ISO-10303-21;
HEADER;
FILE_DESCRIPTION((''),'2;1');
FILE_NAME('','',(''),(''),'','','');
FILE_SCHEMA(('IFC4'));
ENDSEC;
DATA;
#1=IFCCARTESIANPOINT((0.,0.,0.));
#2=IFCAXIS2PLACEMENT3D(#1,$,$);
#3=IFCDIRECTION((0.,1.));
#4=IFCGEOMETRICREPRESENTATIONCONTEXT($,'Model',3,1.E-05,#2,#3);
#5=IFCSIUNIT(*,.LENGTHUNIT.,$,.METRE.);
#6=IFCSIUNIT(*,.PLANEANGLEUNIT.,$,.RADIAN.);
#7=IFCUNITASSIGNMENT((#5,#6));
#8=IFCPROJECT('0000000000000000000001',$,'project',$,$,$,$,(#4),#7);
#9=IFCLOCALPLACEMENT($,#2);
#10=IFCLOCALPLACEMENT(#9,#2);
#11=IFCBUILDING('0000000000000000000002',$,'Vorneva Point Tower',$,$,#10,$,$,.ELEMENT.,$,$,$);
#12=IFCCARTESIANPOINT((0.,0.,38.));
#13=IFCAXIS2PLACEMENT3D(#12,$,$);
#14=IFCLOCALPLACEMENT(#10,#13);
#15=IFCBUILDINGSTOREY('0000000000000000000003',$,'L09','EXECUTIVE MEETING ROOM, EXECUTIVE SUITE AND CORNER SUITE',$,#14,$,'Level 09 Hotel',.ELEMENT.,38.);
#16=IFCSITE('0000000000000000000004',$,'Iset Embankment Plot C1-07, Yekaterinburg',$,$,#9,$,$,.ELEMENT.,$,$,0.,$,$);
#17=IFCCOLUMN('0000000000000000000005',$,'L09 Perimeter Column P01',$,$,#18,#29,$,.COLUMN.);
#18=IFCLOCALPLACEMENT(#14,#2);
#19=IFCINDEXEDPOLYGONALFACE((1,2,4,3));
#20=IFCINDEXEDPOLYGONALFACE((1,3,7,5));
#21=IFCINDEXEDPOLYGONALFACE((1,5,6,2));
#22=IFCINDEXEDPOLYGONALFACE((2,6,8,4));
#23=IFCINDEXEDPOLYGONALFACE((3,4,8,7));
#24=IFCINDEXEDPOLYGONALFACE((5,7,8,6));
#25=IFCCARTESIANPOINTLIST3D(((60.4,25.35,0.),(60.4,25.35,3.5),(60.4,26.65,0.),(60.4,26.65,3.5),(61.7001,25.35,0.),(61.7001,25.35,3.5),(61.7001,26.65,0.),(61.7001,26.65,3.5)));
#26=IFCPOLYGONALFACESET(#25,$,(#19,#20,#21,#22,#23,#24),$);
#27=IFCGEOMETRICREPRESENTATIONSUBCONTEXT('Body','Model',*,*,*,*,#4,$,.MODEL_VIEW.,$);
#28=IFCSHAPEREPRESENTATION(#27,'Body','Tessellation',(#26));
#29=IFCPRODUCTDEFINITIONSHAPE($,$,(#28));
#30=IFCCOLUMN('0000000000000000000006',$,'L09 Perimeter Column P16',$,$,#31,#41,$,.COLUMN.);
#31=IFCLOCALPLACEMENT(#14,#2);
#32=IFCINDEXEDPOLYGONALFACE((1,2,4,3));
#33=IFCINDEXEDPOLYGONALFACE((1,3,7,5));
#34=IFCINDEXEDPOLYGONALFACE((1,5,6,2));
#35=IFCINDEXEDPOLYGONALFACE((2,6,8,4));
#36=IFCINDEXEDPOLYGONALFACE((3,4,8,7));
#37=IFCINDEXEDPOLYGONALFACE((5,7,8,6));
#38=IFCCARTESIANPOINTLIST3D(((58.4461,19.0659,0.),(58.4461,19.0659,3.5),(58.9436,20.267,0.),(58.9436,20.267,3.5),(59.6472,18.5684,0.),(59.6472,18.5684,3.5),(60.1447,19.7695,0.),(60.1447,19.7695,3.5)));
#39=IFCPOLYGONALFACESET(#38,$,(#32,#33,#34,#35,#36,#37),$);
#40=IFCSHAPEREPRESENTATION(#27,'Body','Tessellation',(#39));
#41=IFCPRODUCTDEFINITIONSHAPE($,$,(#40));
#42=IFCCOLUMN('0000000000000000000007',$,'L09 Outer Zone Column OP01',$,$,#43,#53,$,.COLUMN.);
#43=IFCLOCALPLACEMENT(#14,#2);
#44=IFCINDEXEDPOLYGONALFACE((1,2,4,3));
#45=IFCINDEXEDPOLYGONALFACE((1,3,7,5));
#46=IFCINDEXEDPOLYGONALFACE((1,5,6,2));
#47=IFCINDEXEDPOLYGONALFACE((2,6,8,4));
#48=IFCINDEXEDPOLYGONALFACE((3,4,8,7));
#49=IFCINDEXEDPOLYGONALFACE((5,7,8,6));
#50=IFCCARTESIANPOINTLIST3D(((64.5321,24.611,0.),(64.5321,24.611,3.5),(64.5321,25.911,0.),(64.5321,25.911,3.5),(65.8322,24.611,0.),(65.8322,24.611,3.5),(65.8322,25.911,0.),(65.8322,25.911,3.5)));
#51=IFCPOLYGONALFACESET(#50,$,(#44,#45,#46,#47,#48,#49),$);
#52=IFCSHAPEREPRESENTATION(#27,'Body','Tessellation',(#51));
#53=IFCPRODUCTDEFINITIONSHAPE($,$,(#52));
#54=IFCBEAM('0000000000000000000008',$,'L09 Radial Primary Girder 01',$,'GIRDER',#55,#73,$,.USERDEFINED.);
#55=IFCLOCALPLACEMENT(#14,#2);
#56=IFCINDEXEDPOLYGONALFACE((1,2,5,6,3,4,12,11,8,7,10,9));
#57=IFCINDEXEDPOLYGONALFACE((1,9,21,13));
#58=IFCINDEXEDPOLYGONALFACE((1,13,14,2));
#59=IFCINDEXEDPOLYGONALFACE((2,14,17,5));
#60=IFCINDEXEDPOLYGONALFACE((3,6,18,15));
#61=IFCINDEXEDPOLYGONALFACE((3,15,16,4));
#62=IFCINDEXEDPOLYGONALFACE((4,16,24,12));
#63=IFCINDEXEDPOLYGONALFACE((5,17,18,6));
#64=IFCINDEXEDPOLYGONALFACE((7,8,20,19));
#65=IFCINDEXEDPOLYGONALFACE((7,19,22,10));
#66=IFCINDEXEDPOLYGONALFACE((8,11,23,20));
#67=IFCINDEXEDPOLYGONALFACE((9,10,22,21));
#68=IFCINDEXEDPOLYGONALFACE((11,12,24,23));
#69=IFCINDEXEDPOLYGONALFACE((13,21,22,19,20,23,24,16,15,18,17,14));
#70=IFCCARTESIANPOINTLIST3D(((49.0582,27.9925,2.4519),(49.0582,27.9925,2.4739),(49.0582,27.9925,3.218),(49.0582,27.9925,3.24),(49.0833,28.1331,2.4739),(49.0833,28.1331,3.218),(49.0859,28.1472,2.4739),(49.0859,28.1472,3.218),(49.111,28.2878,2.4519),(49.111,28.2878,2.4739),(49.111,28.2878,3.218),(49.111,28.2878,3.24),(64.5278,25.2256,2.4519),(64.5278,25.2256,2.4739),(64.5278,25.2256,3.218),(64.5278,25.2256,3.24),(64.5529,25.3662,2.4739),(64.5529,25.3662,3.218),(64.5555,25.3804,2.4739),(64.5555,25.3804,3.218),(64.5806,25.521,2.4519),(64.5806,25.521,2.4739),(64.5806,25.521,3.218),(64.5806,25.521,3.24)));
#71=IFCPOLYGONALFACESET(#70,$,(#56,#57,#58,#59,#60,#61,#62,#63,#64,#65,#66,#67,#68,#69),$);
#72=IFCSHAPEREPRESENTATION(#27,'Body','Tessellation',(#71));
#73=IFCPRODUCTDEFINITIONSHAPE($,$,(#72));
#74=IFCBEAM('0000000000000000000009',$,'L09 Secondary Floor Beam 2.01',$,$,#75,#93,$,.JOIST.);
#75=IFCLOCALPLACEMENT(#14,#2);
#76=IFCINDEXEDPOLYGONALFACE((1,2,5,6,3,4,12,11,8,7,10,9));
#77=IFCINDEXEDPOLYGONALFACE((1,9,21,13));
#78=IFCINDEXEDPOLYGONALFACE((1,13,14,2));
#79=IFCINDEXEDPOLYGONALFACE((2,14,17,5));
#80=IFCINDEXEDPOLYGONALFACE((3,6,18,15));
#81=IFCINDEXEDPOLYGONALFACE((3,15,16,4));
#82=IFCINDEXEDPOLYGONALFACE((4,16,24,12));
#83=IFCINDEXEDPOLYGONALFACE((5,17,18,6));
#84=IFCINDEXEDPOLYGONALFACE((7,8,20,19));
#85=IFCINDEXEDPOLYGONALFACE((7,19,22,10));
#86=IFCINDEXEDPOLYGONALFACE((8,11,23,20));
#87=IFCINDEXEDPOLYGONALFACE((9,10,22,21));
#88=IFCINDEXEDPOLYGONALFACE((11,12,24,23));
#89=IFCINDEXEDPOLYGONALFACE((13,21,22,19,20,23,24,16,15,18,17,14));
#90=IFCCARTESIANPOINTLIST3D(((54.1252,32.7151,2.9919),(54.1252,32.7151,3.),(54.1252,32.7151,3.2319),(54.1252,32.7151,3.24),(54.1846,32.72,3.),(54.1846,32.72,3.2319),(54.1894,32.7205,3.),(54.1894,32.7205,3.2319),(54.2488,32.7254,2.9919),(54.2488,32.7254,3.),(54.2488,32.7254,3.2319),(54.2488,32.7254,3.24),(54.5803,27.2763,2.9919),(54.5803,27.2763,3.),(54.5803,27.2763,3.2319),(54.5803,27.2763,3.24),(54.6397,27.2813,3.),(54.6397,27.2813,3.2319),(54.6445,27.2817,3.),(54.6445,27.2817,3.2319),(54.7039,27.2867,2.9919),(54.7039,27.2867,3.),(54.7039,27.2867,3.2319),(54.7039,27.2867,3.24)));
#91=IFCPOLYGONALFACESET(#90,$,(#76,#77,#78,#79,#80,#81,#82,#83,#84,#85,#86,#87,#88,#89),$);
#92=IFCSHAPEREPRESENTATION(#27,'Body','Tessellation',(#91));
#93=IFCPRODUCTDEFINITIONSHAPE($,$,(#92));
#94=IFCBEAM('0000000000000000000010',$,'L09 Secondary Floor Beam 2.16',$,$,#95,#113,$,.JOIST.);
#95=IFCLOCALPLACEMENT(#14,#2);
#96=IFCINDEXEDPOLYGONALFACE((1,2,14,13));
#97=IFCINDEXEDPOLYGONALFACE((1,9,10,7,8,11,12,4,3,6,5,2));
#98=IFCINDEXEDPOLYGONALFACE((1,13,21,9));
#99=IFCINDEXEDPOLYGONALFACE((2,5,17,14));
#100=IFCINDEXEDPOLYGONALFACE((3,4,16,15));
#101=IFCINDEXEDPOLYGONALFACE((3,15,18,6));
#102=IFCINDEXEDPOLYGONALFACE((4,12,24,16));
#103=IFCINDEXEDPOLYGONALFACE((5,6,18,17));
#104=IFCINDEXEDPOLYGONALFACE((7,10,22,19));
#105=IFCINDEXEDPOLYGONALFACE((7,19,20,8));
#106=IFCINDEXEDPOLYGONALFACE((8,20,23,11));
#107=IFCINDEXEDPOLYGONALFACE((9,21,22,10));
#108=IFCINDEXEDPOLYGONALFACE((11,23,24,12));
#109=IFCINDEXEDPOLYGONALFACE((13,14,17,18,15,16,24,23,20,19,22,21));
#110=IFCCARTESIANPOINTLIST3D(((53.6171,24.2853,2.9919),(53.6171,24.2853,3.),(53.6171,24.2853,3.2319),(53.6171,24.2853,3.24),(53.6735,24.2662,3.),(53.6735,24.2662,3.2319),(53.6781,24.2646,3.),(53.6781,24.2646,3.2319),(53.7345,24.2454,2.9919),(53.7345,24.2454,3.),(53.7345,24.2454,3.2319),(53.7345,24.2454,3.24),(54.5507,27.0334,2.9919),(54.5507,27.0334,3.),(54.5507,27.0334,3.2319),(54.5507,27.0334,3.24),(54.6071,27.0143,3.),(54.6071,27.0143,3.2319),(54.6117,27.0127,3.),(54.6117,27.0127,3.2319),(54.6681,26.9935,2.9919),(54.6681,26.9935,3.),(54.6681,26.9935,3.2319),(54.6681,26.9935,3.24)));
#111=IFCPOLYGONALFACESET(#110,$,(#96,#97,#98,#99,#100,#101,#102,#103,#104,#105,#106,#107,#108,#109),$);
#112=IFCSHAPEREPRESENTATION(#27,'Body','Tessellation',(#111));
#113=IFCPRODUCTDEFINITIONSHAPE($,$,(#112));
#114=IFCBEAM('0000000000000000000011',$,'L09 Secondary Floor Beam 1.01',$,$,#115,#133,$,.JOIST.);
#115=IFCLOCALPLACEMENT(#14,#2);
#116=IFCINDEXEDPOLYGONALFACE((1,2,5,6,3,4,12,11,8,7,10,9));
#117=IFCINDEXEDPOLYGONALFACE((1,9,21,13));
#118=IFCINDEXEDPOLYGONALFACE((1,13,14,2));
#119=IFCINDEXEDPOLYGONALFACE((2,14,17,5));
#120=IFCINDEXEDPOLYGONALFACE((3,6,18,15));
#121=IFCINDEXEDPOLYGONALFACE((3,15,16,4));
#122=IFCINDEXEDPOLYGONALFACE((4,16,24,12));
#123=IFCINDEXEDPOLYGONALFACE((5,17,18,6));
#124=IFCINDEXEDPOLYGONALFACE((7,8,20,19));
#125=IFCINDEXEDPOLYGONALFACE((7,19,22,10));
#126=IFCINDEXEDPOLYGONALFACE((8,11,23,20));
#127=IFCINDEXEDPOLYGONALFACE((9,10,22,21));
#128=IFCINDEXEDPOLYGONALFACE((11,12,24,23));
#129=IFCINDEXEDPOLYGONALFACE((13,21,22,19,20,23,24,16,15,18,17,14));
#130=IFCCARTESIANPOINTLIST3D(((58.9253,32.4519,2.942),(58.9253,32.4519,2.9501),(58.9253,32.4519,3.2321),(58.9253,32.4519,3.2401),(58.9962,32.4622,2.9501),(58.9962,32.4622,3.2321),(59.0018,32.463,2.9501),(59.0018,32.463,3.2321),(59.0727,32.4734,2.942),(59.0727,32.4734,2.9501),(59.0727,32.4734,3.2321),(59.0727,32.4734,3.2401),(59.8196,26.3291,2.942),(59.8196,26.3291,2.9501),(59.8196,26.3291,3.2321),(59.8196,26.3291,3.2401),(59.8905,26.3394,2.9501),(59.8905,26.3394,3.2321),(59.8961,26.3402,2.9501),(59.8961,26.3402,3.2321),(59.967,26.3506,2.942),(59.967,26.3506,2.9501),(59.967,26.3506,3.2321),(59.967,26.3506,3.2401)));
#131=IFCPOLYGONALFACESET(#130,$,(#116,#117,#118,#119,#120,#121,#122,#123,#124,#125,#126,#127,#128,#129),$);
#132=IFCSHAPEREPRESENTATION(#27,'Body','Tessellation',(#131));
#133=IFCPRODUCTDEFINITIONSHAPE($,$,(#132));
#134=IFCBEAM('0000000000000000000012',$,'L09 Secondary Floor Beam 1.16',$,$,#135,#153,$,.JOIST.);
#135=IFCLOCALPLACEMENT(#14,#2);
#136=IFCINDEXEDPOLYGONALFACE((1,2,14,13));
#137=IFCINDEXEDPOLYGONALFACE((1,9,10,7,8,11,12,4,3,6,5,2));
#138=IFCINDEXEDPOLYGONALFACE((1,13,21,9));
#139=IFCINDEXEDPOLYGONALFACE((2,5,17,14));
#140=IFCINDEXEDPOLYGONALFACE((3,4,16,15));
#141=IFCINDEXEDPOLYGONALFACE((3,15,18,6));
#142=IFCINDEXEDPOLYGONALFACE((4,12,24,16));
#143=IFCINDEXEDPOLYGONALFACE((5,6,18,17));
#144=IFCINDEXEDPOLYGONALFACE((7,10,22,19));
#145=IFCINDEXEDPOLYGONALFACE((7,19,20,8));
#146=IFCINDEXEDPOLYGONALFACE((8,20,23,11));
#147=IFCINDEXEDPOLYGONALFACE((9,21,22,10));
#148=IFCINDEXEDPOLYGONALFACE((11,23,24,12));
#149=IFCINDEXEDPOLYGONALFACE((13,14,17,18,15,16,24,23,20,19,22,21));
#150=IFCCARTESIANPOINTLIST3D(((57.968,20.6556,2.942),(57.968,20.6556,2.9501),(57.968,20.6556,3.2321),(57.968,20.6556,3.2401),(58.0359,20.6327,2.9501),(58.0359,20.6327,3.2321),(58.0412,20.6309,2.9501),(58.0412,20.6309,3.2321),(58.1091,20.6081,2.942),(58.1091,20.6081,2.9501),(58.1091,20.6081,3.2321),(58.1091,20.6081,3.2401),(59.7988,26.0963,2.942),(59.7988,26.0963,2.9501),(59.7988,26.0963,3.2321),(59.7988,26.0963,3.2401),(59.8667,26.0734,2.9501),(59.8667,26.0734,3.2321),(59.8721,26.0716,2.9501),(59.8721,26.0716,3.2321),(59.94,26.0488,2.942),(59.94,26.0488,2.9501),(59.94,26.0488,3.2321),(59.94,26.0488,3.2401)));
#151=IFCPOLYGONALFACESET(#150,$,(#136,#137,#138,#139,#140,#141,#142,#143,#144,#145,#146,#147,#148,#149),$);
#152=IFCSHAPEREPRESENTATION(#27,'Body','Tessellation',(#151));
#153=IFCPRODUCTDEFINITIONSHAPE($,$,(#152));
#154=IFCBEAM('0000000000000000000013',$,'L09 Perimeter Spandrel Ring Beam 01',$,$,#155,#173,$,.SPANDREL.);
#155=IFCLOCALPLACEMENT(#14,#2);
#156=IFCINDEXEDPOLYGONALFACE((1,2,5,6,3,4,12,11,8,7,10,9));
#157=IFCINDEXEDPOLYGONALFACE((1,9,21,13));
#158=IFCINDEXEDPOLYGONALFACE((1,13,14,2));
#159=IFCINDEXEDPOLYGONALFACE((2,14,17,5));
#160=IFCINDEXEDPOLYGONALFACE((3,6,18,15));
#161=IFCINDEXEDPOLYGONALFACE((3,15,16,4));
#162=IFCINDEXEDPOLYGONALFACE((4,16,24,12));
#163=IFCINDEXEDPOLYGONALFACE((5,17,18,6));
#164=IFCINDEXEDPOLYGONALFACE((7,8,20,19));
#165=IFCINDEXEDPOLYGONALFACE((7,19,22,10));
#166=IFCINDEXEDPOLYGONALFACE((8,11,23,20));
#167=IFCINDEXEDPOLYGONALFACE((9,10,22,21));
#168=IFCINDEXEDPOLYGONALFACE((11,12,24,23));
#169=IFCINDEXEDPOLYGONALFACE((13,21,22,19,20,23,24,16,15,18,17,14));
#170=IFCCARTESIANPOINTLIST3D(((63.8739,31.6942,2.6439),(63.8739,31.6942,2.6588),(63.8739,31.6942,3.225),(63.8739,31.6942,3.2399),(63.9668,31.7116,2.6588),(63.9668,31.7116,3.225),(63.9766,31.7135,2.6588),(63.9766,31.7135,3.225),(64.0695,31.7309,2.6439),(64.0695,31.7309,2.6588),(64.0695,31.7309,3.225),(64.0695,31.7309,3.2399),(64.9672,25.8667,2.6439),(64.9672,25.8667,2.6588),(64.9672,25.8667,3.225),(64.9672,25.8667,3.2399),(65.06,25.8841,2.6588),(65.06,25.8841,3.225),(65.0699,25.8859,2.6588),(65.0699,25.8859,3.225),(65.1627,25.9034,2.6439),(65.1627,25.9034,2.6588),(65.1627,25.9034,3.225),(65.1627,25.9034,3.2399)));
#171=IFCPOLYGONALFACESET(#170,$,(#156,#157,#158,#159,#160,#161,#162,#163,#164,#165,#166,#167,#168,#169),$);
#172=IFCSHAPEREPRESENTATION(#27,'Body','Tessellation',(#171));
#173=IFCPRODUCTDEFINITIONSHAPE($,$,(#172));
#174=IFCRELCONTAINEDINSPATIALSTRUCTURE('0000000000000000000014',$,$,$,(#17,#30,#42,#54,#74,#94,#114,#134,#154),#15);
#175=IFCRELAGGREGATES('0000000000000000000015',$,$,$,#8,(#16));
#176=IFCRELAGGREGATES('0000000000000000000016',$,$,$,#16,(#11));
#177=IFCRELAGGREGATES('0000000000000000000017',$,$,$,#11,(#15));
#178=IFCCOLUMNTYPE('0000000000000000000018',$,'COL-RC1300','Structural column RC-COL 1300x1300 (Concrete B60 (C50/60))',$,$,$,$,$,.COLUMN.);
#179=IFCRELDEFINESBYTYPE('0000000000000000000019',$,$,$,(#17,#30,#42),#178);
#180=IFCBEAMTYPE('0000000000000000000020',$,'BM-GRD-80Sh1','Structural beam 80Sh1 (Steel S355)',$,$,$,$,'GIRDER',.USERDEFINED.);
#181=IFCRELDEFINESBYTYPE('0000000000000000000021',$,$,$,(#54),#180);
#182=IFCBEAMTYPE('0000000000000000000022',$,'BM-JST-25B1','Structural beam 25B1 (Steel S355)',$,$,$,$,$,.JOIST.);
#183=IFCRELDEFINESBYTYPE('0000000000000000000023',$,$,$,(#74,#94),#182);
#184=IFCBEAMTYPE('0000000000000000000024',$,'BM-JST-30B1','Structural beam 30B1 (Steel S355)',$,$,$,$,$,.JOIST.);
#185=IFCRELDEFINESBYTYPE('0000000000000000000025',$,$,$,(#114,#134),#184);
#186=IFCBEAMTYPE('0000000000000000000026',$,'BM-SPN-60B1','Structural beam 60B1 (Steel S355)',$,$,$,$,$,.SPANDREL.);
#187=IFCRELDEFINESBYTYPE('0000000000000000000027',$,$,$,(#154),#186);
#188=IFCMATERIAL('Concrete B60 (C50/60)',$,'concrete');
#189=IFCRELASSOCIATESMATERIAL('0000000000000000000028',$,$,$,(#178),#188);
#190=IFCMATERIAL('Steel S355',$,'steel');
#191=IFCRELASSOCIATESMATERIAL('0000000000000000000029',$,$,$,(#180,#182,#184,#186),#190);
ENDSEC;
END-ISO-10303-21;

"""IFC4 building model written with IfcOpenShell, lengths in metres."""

from ifc_helpers import new_model, si_unit, direction, frame, origin, origin_2d, place, context, subcontext, project, spatial, rectangle, i_section, extrude, material, material_profile, profile_set, type_object, element, save


model = new_model("IFC4")

# Units and contexts
model_context = context("Model", 3, precision=1e-05, world=origin(), true_north=direction((0.0, 1.0)))
body_context = subcontext(model_context, "Body", "Model", "MODEL_VIEW")
ifc_project = project(units=[si_unit("LENGTHUNIT", "METRE"), si_unit("PLANEANGLEUNIT", "RADIAN")], contexts=[model_context])

# Site, building, storey
site_placement = place(None, origin())
site = spatial("IfcSite", under=ifc_project, at=site_placement, Name="Iset Embankment Plot C1-07, Yekaterinburg", CompositionType="ELEMENT", RefElevation=0.0)
building_placement = place(site_placement, origin())
building = spatial("IfcBuilding", under=site, at=building_placement, Name="Vorneva Point Tower", CompositionType="ELEMENT")
storey_placement = place(building_placement, frame((0.0, 0.0, 38.0)))
storey = spatial("IfcBuildingStorey", under=building, at=storey_placement, Name="L09", Description="EXECUTIVE MEETING ROOM, EXECUTIVE SUITE AND CORNER SUITE", LongName="Level 09 Hotel", CompositionType="ELEMENT", Elevation=38.0)

# Columns
ifc_material_1 = material(Name="Concrete B60 (C50/60)", Category="concrete")
ifc_material_profile_1 = material_profile(ifc_material_1, rectangle(XDim=1.3, YDim=1.3, at=origin_2d()), Name="RC-COL 1300x1300")
ifc_profile_set_1 = profile_set([ifc_material_profile_1], Name="Concrete B60 (C50/60)")
column_type = type_object("IfcColumnType", Name="COL-RC1300", Description="Structural column RC-COL 1300x1300 (Concrete B60 (C50/60))", PredefinedType="COLUMN", material=ifc_profile_set_1)
for number, where, z_axis, x_axis, name in (
    (1, (61.05, 26.0, 0.0), (0.0, 0.0, 1.0), (1.0, 0.0, 0.0), "L09 Perimeter Column P01"),
    (2, (59.2954, 19.4177, 0.0), (0.0, 0.0, 1.0), (0.92388, -0.382683, 0.0), "L09 Perimeter Column P16"),
    (3, (65.1821, 25.261, 0.0), (0.0, 0.0, 1.0), (1.0, 0.0, 0.0), "L09 Outer Zone Column OP01"),
):
    element("IfcColumn", number, at=place(storey_placement, frame(where, z_axis=z_axis, x_axis=x_axis)), inside=storey, type_object=column_type, Name=name, PredefinedType="COLUMN", context=body_context, shape_type="SweptSolid", body=[
        extrude(rectangle(XDim=1.3, YDim=1.3, at=origin_2d()), origin(), (0.0, 0.0, 1.0), 3.5),
    ])

# Beams
ifc_material_2 = material(Name="Steel S355", Category="steel")
ifc_material_profile_2 = material_profile(ifc_material_2, i_section(OverallWidth=0.3, OverallDepth=0.7881, WebThickness=0.0144, FlangeThickness=0.022, at=origin_2d()), Name="80Sh1")
ifc_profile_set_2 = profile_set([ifc_material_profile_2], Name="Steel S355")
beam_type_1 = type_object("IfcBeamType", Name="BM-GRD-80Sh1", Description="Structural beam 80Sh1 (Steel S355)", ElementType="GIRDER", PredefinedType="USERDEFINED", material=ifc_profile_set_2)
beam_1_placement = place(storey_placement, frame((64.5542, 25.3733, 2.8459), z_axis=(-0.984379, 0.176064, 0.0), x_axis=(-0.176064, -0.984379, 0.0)))
element("IfcBeam", 4, at=beam_1_placement, inside=storey, type_object=beam_type_1, Name="L09 Radial Primary Girder 01", ObjectType="GIRDER", PredefinedType="USERDEFINED", context=body_context, shape_type="SweptSolid", body=[
    extrude(i_section(OverallWidth=0.3, OverallDepth=0.7881, WebThickness=0.0144, FlangeThickness=0.022, at=origin_2d()), origin(), (0.0, 0.0, 1.0), 15.7151),
])
ifc_material_profile_3 = material_profile(ifc_material_2, i_section(OverallWidth=0.124, OverallDepth=0.248, WebThickness=0.0049, FlangeThickness=0.0081, at=origin_2d()), Name="25B1")
ifc_profile_set_3 = profile_set([ifc_material_profile_3], Name="Steel S355")
beam_type_2 = type_object("IfcBeamType", Name="BM-JST-25B1", Description="Structural beam 25B1 (Steel S355)", PredefinedType="JOIST", material=ifc_profile_set_3)
beam_2_placement = place(storey_placement, frame((54.6421, 27.2815, 3.116), z_axis=(-0.083382, 0.996518, 0.0), x_axis=(-0.996518, -0.083382, 0.0)))
element("IfcBeam", 5, at=beam_2_placement, inside=storey, type_object=beam_type_2, Name="L09 Secondary Floor Beam 2.01", PredefinedType="JOIST", context=body_context, shape_type="SweptSolid", body=[
    extrude(i_section(OverallWidth=0.124, OverallDepth=0.248, WebThickness=0.0049, FlangeThickness=0.0081, at=origin_2d()), origin(), (0.0, 0.0, 1.0), 5.4578),
])
beam_3_placement = place(storey_placement, frame((53.6758, 24.2654, 3.116), z_axis=(0.321673, 0.946851, 0.0), x_axis=(-0.946851, 0.321673, 0.0)))
element("IfcBeam", 6, at=beam_3_placement, inside=storey, type_object=beam_type_2, Name="L09 Secondary Floor Beam 2.16", PredefinedType="JOIST", context=body_context, shape_type="SweptSolid", body=[
    extrude(i_section(OverallWidth=0.124, OverallDepth=0.248, WebThickness=0.0049, FlangeThickness=0.0081, at=origin_2d()), origin(), (0.0, 0.0, 1.0), 2.9023),
])
ifc_material_profile_4 = material_profile(ifc_material_2, i_section(OverallWidth=0.1489, OverallDepth=0.2981, WebThickness=0.0056, FlangeThickness=0.0081, at=origin_2d()), Name="30B1")
ifc_profile_set_4 = profile_set([ifc_material_profile_4], Name="Steel S355")
beam_type_3 = type_object("IfcBeamType", Name="BM-JST-30B1", Description="Structural beam 30B1 (Steel S355)", PredefinedType="JOIST", material=ifc_profile_set_4)
beam_4_placement = place(storey_placement, frame((59.8933, 26.3398, 3.0911), z_axis=(-0.144525, 0.989501, 0.0), x_axis=(-0.989501, -0.144525, 0.0)))
element("IfcBeam", 7, at=beam_4_placement, inside=storey, type_object=beam_type_3, Name="L09 Secondary Floor Beam 1.01", PredefinedType="JOIST", context=body_context, shape_type="SweptSolid", body=[
    extrude(i_section(OverallWidth=0.1489, OverallDepth=0.2981, WebThickness=0.0056, FlangeThickness=0.0081, at=origin_2d()), origin(), (0.0, 0.0, 1.0), 6.1877),
])
beam_5_placement = place(storey_placement, frame((58.0386, 20.6318, 3.0911), z_axis=(0.318931, 0.947778, 0.0), x_axis=(-0.947778, 0.318931, 0.0)))
element("IfcBeam", 8, at=beam_5_placement, inside=storey, type_object=beam_type_3, Name="L09 Secondary Floor Beam 1.16", PredefinedType="JOIST", context=body_context, shape_type="SweptSolid", body=[
    extrude(i_section(OverallWidth=0.1489, OverallDepth=0.2981, WebThickness=0.0056, FlangeThickness=0.0081, at=origin_2d()), origin(), (0.0, 0.0, 1.0), 5.7405),
])
ifc_material_profile_5 = material_profile(ifc_material_2, i_section(OverallWidth=0.199, OverallDepth=0.5959, WebThickness=0.01, FlangeThickness=0.0149, at=origin_2d()), Name="60B1")
ifc_profile_set_5 = profile_set([ifc_material_profile_5], Name="Steel S355")
beam_type_4 = type_object("IfcBeamType", Name="BM-SPN-60B1", Description="Structural beam 60B1 (Steel S355)", PredefinedType="SPANDREL", material=ifc_profile_set_5)
beam_6_placement = place(storey_placement, frame((65.0649, 25.885, 2.9419), z_axis=(-0.184383, 0.982854, 0.0), x_axis=(-0.982854, -0.184383, 0.0)))
element("IfcBeam", 9, at=beam_6_placement, inside=storey, type_object=beam_type_4, Name="L09 Perimeter Spandrel Ring Beam 01", PredefinedType="SPANDREL", context=body_context, shape_type="SweptSolid", body=[
    extrude(i_section(OverallWidth=0.199, OverallDepth=0.5959, WebThickness=0.01, FlangeThickness=0.0149, at=origin_2d()), origin(), (0.0, 0.0, 1.0), 5.9292),
])

save(model, "model.ifc")
